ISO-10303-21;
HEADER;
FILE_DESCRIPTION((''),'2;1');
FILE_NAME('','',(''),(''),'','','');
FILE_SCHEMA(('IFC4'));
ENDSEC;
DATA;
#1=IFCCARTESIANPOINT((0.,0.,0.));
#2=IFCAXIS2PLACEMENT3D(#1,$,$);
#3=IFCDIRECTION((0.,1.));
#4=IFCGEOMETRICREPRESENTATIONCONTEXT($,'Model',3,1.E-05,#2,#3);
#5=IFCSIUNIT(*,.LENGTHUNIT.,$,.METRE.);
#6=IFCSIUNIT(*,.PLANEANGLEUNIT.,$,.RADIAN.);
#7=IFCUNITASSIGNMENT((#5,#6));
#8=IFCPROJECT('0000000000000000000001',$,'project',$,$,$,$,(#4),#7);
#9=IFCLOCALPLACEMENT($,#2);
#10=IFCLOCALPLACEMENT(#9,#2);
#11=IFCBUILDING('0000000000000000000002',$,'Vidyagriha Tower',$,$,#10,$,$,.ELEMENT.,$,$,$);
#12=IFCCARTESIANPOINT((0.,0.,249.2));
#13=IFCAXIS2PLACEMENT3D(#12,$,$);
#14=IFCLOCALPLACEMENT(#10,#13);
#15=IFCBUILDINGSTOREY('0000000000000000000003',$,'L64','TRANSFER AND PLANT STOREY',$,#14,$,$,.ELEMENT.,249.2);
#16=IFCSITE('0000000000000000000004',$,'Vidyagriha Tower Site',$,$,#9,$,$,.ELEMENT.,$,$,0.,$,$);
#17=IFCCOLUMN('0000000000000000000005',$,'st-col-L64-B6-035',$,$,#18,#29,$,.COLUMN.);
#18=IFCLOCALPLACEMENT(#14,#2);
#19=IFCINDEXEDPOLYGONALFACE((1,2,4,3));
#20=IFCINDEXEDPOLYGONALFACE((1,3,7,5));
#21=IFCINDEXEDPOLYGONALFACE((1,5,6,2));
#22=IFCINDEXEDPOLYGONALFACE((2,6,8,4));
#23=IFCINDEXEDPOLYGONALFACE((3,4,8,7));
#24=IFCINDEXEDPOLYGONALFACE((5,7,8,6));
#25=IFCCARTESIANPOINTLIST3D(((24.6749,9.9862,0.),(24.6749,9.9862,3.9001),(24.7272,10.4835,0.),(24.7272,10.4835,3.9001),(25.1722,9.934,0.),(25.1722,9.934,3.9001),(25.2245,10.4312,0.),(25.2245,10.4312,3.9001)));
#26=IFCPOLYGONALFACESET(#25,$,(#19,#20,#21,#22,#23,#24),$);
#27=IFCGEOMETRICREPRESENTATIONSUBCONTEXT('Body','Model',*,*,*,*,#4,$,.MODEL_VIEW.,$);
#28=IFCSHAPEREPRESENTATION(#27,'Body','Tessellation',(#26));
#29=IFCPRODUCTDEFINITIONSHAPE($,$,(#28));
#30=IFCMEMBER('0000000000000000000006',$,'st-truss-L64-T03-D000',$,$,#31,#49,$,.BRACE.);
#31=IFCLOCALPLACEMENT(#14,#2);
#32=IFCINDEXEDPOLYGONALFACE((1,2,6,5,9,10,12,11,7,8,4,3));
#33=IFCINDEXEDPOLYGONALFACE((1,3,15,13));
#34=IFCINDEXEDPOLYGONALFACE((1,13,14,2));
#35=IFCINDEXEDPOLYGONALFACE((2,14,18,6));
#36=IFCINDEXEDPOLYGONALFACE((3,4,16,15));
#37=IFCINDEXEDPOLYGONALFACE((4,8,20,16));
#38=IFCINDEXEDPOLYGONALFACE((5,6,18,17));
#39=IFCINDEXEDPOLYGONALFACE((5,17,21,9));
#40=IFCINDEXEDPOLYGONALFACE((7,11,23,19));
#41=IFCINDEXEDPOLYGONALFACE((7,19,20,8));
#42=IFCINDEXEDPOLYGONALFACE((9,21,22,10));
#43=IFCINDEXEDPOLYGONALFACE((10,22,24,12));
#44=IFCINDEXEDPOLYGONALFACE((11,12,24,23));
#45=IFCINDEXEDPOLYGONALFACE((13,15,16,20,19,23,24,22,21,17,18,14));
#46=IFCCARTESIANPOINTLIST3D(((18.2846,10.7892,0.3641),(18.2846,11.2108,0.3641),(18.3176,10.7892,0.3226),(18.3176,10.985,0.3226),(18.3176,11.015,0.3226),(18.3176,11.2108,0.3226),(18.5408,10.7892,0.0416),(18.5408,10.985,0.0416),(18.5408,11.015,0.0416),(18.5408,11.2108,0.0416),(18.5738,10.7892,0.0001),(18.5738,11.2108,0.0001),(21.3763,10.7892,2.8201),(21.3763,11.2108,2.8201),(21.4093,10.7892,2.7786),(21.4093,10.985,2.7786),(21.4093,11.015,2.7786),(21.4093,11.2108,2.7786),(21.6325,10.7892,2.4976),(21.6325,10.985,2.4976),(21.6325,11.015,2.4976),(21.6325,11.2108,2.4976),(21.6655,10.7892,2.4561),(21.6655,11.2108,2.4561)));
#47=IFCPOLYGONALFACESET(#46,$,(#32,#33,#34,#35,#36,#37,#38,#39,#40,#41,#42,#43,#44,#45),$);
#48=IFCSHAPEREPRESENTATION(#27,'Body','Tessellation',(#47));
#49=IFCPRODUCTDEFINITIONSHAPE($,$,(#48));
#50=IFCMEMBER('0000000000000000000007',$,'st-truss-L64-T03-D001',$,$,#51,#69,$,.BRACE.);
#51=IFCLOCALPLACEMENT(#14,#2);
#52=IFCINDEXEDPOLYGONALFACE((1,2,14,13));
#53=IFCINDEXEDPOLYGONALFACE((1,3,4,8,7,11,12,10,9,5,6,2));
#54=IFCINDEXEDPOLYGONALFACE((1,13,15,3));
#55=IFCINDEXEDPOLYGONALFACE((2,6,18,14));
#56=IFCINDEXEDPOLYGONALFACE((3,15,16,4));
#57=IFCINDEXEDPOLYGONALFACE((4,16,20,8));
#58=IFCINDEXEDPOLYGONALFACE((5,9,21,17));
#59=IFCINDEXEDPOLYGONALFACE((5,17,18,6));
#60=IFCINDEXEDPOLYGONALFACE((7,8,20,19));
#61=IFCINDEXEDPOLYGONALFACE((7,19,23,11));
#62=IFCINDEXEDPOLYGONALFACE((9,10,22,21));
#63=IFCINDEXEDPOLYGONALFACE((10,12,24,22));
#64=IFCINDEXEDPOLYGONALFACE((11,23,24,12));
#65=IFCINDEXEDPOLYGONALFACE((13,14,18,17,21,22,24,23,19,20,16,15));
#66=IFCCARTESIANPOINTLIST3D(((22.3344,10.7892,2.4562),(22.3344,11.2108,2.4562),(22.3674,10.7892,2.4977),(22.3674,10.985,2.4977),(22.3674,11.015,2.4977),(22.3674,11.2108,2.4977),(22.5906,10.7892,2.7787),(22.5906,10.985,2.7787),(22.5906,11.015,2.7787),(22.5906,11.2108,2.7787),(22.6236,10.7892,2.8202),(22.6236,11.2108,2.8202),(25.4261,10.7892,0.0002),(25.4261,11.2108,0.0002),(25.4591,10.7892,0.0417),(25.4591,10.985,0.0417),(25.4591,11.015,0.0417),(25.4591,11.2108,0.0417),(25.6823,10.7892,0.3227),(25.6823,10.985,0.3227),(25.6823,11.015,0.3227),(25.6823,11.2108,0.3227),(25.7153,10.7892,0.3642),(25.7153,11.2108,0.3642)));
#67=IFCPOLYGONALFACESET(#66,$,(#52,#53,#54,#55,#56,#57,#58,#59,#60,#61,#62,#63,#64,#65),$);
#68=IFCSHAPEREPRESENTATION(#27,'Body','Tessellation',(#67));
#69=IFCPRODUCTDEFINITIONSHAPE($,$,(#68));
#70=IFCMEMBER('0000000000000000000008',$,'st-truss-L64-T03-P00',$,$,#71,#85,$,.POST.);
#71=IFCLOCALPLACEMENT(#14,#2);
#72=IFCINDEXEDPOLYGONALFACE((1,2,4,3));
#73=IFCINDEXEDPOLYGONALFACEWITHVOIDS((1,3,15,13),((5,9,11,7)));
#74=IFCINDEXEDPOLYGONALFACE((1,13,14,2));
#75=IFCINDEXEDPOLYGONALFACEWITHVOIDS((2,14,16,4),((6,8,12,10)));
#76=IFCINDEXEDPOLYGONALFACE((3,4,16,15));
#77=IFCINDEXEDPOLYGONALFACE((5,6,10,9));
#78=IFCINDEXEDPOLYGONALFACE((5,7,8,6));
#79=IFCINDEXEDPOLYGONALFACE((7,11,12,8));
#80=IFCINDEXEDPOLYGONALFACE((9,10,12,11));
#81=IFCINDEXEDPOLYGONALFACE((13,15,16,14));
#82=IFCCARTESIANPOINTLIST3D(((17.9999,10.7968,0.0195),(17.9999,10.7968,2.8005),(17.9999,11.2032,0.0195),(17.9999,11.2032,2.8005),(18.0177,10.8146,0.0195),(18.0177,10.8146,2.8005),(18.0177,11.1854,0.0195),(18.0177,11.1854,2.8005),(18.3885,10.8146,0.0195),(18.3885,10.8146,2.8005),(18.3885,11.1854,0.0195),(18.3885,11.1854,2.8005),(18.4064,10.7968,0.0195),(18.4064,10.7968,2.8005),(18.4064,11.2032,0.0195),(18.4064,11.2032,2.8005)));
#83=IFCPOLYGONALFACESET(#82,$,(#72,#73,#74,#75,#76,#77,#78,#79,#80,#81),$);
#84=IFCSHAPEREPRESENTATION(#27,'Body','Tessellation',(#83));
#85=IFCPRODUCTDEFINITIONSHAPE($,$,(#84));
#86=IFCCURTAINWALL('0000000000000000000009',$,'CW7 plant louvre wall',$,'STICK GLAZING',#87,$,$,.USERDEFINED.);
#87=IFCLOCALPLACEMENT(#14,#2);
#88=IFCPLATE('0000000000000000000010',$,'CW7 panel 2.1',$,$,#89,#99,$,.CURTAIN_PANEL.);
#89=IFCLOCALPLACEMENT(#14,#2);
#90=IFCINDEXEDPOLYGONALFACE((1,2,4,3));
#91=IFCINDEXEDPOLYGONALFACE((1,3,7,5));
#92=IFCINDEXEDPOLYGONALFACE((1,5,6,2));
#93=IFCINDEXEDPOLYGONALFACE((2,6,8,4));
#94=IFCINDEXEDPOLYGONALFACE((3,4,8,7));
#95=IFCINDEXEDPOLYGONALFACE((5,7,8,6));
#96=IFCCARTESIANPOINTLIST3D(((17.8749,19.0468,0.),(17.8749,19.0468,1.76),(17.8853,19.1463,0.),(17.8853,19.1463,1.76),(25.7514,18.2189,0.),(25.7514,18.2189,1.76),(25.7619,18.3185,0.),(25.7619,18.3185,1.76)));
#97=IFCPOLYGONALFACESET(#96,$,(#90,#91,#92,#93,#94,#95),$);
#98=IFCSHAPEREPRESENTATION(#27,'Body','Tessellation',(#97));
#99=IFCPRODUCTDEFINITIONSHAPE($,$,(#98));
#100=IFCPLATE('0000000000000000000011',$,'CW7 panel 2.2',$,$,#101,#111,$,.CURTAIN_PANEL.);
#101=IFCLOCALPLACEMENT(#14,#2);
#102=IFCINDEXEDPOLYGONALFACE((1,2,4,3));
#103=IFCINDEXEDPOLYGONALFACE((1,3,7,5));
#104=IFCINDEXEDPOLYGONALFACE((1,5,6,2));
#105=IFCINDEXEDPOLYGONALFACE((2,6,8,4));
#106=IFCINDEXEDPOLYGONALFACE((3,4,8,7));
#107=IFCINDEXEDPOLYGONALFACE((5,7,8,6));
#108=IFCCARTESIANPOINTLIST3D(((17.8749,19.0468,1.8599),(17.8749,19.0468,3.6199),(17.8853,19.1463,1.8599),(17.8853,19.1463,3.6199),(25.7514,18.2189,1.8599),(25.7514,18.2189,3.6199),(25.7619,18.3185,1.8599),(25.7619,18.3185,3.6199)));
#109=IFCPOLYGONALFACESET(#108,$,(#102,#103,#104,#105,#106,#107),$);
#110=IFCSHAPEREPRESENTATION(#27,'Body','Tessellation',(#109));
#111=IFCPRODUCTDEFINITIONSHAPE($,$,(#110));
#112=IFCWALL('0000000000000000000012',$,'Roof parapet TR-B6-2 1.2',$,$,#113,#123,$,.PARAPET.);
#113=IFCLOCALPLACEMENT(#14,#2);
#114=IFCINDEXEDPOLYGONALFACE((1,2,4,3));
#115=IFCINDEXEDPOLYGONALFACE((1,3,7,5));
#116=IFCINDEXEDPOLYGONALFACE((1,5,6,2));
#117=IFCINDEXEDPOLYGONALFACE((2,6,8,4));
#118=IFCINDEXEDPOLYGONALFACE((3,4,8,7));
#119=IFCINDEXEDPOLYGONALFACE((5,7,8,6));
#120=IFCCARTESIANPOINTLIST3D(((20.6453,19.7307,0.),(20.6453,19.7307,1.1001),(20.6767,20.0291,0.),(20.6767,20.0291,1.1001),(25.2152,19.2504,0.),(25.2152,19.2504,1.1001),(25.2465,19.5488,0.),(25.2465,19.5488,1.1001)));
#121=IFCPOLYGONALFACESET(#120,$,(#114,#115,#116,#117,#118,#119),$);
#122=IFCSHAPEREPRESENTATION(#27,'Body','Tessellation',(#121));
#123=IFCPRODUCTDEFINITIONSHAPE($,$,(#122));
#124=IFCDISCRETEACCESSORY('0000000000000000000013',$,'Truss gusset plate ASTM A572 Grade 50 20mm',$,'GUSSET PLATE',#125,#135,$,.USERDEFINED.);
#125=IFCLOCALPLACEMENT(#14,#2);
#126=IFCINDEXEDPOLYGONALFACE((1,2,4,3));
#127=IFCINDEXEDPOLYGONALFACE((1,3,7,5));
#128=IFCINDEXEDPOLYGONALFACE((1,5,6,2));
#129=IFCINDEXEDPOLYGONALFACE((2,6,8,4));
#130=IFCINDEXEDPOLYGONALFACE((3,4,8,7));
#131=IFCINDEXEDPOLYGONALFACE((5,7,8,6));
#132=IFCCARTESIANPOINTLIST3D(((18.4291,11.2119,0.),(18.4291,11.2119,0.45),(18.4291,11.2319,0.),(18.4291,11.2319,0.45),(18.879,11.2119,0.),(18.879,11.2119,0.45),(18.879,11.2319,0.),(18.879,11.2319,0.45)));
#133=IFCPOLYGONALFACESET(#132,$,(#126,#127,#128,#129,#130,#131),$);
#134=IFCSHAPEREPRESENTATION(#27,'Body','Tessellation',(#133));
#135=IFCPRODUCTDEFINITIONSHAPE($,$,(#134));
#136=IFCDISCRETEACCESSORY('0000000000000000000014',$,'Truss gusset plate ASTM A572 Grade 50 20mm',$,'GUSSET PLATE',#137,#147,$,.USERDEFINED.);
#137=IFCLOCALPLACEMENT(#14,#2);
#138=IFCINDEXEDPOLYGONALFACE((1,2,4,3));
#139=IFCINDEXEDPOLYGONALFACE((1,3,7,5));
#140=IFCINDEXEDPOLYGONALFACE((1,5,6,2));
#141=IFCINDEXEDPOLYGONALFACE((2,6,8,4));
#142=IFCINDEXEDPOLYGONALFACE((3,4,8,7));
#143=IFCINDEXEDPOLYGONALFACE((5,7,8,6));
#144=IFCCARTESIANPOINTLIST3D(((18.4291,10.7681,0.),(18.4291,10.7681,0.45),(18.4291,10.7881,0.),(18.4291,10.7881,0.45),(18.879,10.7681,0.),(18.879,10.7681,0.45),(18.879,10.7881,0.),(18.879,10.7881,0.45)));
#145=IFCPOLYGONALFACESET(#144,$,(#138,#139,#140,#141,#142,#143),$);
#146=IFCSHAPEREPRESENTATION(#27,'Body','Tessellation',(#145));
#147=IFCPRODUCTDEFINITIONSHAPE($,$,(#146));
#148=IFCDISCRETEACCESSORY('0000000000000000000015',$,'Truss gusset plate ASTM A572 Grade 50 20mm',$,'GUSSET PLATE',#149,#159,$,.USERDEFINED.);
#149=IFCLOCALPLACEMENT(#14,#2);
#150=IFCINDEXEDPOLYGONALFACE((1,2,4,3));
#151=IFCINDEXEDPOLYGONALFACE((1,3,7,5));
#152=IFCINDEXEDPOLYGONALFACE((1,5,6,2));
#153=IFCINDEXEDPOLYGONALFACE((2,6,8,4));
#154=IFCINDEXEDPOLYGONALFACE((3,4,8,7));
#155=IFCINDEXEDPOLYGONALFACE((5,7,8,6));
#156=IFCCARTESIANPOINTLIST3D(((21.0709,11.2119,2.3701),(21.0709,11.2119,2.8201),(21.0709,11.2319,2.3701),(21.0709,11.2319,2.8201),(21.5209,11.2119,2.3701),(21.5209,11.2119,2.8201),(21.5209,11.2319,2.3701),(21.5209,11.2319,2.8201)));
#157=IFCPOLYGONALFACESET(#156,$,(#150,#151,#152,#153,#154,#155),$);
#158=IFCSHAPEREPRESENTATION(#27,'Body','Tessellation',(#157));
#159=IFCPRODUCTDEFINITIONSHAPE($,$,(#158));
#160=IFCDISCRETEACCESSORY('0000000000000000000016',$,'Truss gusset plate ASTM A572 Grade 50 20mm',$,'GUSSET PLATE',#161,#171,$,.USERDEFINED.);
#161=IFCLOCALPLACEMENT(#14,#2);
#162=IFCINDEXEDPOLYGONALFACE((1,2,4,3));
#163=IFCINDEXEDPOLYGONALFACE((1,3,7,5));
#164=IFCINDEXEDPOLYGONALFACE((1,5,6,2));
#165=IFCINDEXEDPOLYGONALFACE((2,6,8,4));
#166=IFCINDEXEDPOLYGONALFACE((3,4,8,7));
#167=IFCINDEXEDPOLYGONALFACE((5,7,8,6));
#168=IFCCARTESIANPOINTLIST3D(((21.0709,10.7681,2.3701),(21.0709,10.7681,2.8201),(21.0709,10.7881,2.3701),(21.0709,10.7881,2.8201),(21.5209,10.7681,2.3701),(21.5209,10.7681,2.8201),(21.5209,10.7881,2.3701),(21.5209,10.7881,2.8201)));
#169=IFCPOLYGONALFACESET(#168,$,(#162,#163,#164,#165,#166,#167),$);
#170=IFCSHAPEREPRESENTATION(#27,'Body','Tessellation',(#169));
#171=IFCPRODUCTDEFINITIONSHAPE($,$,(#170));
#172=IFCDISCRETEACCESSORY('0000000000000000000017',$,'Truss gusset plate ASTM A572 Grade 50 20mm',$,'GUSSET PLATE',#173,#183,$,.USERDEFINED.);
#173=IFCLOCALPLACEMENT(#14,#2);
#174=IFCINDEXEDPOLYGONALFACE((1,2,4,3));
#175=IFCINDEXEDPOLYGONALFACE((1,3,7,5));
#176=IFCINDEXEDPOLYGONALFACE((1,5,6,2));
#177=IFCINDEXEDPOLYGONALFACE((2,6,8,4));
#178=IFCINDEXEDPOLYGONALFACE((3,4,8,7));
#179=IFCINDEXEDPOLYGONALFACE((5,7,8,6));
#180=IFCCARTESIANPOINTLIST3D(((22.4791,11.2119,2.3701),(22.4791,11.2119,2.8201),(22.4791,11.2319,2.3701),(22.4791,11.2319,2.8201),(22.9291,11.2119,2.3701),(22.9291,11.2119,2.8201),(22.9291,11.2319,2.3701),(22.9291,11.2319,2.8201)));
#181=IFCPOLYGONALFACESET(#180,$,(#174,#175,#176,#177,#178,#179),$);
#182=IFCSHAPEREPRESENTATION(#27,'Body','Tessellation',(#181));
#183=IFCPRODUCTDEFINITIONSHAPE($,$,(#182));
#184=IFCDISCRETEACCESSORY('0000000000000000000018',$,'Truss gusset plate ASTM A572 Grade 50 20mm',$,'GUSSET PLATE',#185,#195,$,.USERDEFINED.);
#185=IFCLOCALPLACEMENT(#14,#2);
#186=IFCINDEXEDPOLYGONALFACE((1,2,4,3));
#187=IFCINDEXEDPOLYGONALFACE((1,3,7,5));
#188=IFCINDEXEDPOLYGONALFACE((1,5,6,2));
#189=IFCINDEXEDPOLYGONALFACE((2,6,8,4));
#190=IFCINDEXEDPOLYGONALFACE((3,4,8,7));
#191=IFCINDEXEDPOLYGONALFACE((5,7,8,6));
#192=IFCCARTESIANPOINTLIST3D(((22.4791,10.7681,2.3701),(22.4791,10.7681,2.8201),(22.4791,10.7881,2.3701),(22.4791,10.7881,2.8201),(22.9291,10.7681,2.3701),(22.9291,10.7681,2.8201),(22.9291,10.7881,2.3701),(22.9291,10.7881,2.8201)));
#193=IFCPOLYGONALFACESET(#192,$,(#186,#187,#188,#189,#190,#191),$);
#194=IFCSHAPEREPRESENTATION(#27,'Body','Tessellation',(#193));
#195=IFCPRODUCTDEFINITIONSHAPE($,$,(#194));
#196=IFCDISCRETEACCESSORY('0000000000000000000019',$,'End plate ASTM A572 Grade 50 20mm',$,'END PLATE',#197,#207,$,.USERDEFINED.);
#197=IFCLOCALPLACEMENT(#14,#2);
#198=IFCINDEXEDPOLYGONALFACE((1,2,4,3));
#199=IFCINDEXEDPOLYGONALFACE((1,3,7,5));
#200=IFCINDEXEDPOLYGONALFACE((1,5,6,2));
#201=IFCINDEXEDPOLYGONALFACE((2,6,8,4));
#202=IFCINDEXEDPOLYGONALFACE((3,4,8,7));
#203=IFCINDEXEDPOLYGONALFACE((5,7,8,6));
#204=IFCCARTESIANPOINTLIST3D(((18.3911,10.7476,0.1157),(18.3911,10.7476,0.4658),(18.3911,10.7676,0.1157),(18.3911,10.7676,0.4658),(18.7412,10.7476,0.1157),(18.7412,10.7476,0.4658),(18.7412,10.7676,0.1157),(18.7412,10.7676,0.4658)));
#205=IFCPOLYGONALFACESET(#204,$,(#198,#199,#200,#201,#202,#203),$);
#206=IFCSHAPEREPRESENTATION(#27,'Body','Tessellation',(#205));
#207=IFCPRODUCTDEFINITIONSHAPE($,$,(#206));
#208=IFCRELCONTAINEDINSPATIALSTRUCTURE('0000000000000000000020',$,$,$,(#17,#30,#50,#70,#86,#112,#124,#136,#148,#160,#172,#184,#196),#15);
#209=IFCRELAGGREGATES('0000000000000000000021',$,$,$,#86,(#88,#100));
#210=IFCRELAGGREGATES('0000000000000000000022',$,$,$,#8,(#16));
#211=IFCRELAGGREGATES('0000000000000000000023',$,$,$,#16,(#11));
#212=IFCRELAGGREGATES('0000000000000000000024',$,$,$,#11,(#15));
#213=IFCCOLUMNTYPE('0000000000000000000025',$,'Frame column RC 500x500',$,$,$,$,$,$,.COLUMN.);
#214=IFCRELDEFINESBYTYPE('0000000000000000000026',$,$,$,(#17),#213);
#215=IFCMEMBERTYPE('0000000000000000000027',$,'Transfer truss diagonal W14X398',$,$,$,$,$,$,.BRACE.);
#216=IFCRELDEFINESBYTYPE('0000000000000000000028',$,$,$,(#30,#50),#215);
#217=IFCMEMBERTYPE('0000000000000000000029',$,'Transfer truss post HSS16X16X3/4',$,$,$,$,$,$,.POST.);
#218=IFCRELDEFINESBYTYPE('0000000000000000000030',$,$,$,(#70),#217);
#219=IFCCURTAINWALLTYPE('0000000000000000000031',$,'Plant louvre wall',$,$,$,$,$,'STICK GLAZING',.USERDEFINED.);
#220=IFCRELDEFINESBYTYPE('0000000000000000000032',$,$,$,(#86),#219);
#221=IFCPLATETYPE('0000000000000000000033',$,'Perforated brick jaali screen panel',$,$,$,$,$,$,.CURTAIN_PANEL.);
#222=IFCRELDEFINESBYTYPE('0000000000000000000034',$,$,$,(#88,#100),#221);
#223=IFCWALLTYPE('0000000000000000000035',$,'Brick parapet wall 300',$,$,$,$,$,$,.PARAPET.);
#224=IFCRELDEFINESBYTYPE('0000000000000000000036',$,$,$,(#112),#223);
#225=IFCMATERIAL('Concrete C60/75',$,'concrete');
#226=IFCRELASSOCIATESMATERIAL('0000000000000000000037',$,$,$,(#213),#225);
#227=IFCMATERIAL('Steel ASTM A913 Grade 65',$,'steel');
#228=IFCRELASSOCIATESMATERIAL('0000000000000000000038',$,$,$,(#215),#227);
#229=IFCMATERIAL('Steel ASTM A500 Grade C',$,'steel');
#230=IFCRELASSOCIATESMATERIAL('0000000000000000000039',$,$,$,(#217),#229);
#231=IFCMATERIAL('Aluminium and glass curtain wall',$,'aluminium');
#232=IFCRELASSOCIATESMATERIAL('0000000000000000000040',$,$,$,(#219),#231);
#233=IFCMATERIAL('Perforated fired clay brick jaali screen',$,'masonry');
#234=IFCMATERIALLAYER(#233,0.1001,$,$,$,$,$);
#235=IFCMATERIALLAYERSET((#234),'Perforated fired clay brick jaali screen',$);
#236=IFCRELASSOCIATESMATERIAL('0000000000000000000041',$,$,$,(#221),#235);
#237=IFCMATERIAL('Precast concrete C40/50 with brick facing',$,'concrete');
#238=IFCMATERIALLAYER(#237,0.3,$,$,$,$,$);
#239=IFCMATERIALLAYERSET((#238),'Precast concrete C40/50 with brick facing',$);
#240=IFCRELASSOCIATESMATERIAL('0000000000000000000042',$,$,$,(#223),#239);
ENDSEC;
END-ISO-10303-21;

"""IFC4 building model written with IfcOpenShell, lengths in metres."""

from ifc_helpers import new_model, si_unit, direction, frame, frame_2d, origin, origin_2d, place, context, subcontext, project, spatial, rectangle, hollow_rectangle, i_section, extrude, material, layer, layer_set, material_profile, profile_set, type_object, element, aggregate, save


model = new_model("IFC4")

# Units and contexts
model_context = context("Model", 3, precision=1e-05, world=origin(), true_north=direction((0.0, 1.0)))
body_context = subcontext(model_context, "Body", "Model", "MODEL_VIEW")
ifc_project = project(units=[si_unit("LENGTHUNIT", "METRE"), si_unit("PLANEANGLEUNIT", "RADIAN")], contexts=[model_context])

# Site, building, storey
site_placement = place(None, origin())
site = spatial("IfcSite", under=ifc_project, at=site_placement, Name="Vidyagriha Tower Site", CompositionType="ELEMENT", RefElevation=0.0)
building_placement = place(site_placement, origin())
building = spatial("IfcBuilding", under=site, at=building_placement, Name="Vidyagriha Tower", CompositionType="ELEMENT")
storey_placement = place(building_placement, frame((0.0, 0.0, 249.2)))
storey = spatial("IfcBuildingStorey", under=building, at=storey_placement, Name="L64", Description="TRANSFER AND PLANT STOREY", CompositionType="ELEMENT", Elevation=249.2)

# Column
ifc_material_1 = material(Name="Concrete C60/75", Category="concrete")
ifc_material_profile_1 = material_profile(ifc_material_1, rectangle(XDim=0.5, YDim=0.5, at=origin_2d()), Name="RC 500x500")
ifc_profile_set_1 = profile_set([ifc_material_profile_1], Name="Concrete C60/75")
column_type = type_object("IfcColumnType", Name="Frame column RC 500x500", PredefinedType="COLUMN", material=ifc_profile_set_1)
column_placement = place(storey_placement, frame((24.9497, 10.2087, 0.0), z_axis=(0.0, 0.0, 1.0), x_axis=(0.994522, -0.104528, 0.0)))
element("IfcColumn", 1, at=column_placement, inside=storey, type_object=column_type, Name="st-col-L64-B6-035", PredefinedType="COLUMN", context=body_context, shape_type="SweptSolid", body=[
    extrude(rectangle(XDim=0.5, YDim=0.5, at=origin_2d()), origin(), (0.0, 0.0, 1.0), 3.9001),
])

# Members
ifc_material_2 = material(Name="Steel ASTM A913 Grade 65", Category="steel")
ifc_material_profile_2 = material_profile(ifc_material_2, i_section(OverallWidth=0.4216, OverallDepth=0.4648, WebThickness=0.03, FlangeThickness=0.053, at=origin_2d()), Name="W14X398")
ifc_profile_set_2 = profile_set([ifc_material_profile_2], Name="Steel ASTM A913 Grade 65")
member_type_1 = type_object("IfcMemberType", Name="Transfer truss diagonal W14X398", PredefinedType="BRACE", material=ifc_profile_set_2)
for number, where, z_axis, x_axis, name in (
    (2, (18.4292, 11.0, 0.1821), (0.783012, 0.0, 0.622007), (0.0, 1.0, 0.0), "st-truss-L64-T03-D000"),
    (3, (22.479, 11.0, 2.6382), (0.783012, 0.0, -0.622007), (0.0, 1.0, 0.0), "st-truss-L64-T03-D001"),
):
    element("IfcMember", number, at=place(storey_placement, frame(where, z_axis=z_axis, x_axis=x_axis)), inside=storey, type_object=member_type_1, Name=name, PredefinedType="BRACE", context=body_context, shape_type="SweptSolid", body=[
        extrude(i_section(OverallWidth=0.4216, OverallDepth=0.4648, WebThickness=0.03, FlangeThickness=0.053, at=origin_2d()), origin(), (0.0, 0.0, 1.0), 3.9485),
    ])
ifc_material_3 = material(Name="Steel ASTM A500 Grade C", Category="steel")
ifc_material_profile_3 = material_profile(ifc_material_3, hollow_rectangle(XDim=0.4065, YDim=0.4065, WallThickness=0.0178, at=origin_2d()), Name="HSS16X16X3/4")
ifc_profile_set_3 = profile_set([ifc_material_profile_3], Name="Steel ASTM A500 Grade C")
member_type_2 = type_object("IfcMemberType", Name="Transfer truss post HSS16X16X3/4", PredefinedType="POST", material=ifc_profile_set_3)
member_placement = place(storey_placement, frame((18.2031, 11.0, 0.0195)))
element("IfcMember", 4, at=member_placement, inside=storey, type_object=member_type_2, Name="st-truss-L64-T03-P00", PredefinedType="POST", context=body_context, shape_type="SweptSolid", body=[
    extrude(hollow_rectangle(XDim=0.4065, YDim=0.4065, WallThickness=0.0178, at=origin_2d()), origin(), (0.0, 0.0, 1.0), 2.781),
])

# Curtain wall, plates
ifc_material_4 = material(Name="Aluminium and glass curtain wall", Category="aluminium")
curtain_wall_type = type_object("IfcCurtainWallType", Name="Plant louvre wall", ElementType="STICK GLAZING", PredefinedType="USERDEFINED", material=ifc_material_4)
curtain_wall_placement = place(storey_placement, origin())
curtain_wall = element("IfcCurtainWall", 5, at=curtain_wall_placement, inside=storey, type_object=curtain_wall_type, Name="CW7 plant louvre wall", ObjectType="STICK GLAZING", PredefinedType="USERDEFINED")
ifc_material_5 = material(Name="Perforated fired clay brick jaali screen", Category="masonry")
ifc_layer_1 = layer(ifc_material_5, 0.1001)
ifc_layer_set_1 = layer_set([ifc_layer_1], Name="Perforated fired clay brick jaali screen")
plate_type = type_object("IfcPlateType", Name="Perforated brick jaali screen panel", PredefinedType="CURTAIN_PANEL", material=ifc_layer_set_1)
plate_1_placement = place(storey_placement, frame((21.8184, 18.6826, 0.0), z_axis=(0.0, 0.0, 1.0), x_axis=(-0.994522, 0.104529, 0.0)))
plate_1 = element("IfcPlate", 6, at=plate_1_placement, type_object=plate_type, Name="CW7 panel 2.1", PredefinedType="CURTAIN_PANEL", context=body_context, shape_type="SweptSolid", body=[
    extrude(rectangle(XDim=7.9199, YDim=0.1001, at=origin_2d()), origin(), (0.0, 0.0, 1.0), 1.76),
])
plate_2_placement = place(storey_placement, frame((21.8184, 18.6826, 1.8599), z_axis=(0.0, 0.0, 1.0), x_axis=(-0.994522, 0.104529, 0.0)))
plate_2 = element("IfcPlate", 7, at=plate_2_placement, type_object=plate_type, Name="CW7 panel 2.2", PredefinedType="CURTAIN_PANEL", context=body_context, shape_type="SweptSolid", body=[
    extrude(rectangle(XDim=7.9199, YDim=0.1001, at=origin_2d()), origin(), (0.0, 0.0, 1.0), 1.76),
])
aggregate(curtain_wall, [plate_1, plate_2])

# Wall
ifc_material_6 = material(Name="Precast concrete C40/50 with brick facing", Category="concrete")
ifc_layer_2 = layer(ifc_material_6, 0.3)
ifc_layer_set_2 = layer_set([ifc_layer_2], Name="Precast concrete C40/50 with brick facing")
wall_type = type_object("IfcWallType", Name="Brick parapet wall 300", PredefinedType="PARAPET", material=ifc_layer_set_2)
wall_placement = place(storey_placement, frame((25.2307, 19.3997, 0.0), z_axis=(0.0, 0.0, 1.0), x_axis=(-0.994524, 0.104511, 0.0)))
element("IfcWall", 8, at=wall_placement, inside=storey, type_object=wall_type, Name="Roof parapet TR-B6-2 1.2", PredefinedType="PARAPET", context=body_context, shape_type="SweptSolid", body=[
    extrude(rectangle(XDim=4.595, YDim=0.3, at=frame_2d((2.2974, 0.0))), origin(), (0.0, 0.0, 1.0), 1.1001),
])

# Discrete accessories
for number, where, name in (
    (9, (18.6541, 11.2219, 0.0), "Truss gusset plate ASTM A572 Grade 50 20mm"),
    (10, (18.6541, 10.7781, 0.0), "Truss gusset plate ASTM A572 Grade 50 20mm"),
    (11, (21.2959, 11.2219, 2.3701), "Truss gusset plate ASTM A572 Grade 50 20mm"),
    (12, (21.2959, 10.7781, 2.3701), "Truss gusset plate ASTM A572 Grade 50 20mm"),
    (13, (22.7041, 11.2219, 2.3701), "Truss gusset plate ASTM A572 Grade 50 20mm"),
    (14, (22.7041, 10.7781, 2.3701), "Truss gusset plate ASTM A572 Grade 50 20mm"),
):
    element("IfcDiscreteAccessory", number, at=place(storey_placement, frame(where)), inside=storey, Name=name, ObjectType="GUSSET PLATE", PredefinedType="USERDEFINED", context=body_context, shape_type="SweptSolid", body=[
        extrude(rectangle(XDim=0.45, YDim=0.02, at=origin_2d()), origin(), (0.0, 0.0, 1.0), 0.45),
    ])
for number, where, z_axis, x_axis, name in (
    (15, (18.5662, 10.7576, 0.1157), (0.0, 0.0, 1.0), (-1.0, 0.0, 0.0), "End plate ASTM A572 Grade 50 20mm"),
):
    element("IfcDiscreteAccessory", number, at=place(storey_placement, frame(where, z_axis=z_axis, x_axis=x_axis)), inside=storey, Name=name, ObjectType="END PLATE", PredefinedType="USERDEFINED", context=body_context, shape_type="SweptSolid", body=[
        extrude(rectangle(XDim=0.3501, YDim=0.02, at=origin_2d()), origin(), (0.0, 0.0, 1.0), 0.3501),
    ])

save(model, "model.ifc")
